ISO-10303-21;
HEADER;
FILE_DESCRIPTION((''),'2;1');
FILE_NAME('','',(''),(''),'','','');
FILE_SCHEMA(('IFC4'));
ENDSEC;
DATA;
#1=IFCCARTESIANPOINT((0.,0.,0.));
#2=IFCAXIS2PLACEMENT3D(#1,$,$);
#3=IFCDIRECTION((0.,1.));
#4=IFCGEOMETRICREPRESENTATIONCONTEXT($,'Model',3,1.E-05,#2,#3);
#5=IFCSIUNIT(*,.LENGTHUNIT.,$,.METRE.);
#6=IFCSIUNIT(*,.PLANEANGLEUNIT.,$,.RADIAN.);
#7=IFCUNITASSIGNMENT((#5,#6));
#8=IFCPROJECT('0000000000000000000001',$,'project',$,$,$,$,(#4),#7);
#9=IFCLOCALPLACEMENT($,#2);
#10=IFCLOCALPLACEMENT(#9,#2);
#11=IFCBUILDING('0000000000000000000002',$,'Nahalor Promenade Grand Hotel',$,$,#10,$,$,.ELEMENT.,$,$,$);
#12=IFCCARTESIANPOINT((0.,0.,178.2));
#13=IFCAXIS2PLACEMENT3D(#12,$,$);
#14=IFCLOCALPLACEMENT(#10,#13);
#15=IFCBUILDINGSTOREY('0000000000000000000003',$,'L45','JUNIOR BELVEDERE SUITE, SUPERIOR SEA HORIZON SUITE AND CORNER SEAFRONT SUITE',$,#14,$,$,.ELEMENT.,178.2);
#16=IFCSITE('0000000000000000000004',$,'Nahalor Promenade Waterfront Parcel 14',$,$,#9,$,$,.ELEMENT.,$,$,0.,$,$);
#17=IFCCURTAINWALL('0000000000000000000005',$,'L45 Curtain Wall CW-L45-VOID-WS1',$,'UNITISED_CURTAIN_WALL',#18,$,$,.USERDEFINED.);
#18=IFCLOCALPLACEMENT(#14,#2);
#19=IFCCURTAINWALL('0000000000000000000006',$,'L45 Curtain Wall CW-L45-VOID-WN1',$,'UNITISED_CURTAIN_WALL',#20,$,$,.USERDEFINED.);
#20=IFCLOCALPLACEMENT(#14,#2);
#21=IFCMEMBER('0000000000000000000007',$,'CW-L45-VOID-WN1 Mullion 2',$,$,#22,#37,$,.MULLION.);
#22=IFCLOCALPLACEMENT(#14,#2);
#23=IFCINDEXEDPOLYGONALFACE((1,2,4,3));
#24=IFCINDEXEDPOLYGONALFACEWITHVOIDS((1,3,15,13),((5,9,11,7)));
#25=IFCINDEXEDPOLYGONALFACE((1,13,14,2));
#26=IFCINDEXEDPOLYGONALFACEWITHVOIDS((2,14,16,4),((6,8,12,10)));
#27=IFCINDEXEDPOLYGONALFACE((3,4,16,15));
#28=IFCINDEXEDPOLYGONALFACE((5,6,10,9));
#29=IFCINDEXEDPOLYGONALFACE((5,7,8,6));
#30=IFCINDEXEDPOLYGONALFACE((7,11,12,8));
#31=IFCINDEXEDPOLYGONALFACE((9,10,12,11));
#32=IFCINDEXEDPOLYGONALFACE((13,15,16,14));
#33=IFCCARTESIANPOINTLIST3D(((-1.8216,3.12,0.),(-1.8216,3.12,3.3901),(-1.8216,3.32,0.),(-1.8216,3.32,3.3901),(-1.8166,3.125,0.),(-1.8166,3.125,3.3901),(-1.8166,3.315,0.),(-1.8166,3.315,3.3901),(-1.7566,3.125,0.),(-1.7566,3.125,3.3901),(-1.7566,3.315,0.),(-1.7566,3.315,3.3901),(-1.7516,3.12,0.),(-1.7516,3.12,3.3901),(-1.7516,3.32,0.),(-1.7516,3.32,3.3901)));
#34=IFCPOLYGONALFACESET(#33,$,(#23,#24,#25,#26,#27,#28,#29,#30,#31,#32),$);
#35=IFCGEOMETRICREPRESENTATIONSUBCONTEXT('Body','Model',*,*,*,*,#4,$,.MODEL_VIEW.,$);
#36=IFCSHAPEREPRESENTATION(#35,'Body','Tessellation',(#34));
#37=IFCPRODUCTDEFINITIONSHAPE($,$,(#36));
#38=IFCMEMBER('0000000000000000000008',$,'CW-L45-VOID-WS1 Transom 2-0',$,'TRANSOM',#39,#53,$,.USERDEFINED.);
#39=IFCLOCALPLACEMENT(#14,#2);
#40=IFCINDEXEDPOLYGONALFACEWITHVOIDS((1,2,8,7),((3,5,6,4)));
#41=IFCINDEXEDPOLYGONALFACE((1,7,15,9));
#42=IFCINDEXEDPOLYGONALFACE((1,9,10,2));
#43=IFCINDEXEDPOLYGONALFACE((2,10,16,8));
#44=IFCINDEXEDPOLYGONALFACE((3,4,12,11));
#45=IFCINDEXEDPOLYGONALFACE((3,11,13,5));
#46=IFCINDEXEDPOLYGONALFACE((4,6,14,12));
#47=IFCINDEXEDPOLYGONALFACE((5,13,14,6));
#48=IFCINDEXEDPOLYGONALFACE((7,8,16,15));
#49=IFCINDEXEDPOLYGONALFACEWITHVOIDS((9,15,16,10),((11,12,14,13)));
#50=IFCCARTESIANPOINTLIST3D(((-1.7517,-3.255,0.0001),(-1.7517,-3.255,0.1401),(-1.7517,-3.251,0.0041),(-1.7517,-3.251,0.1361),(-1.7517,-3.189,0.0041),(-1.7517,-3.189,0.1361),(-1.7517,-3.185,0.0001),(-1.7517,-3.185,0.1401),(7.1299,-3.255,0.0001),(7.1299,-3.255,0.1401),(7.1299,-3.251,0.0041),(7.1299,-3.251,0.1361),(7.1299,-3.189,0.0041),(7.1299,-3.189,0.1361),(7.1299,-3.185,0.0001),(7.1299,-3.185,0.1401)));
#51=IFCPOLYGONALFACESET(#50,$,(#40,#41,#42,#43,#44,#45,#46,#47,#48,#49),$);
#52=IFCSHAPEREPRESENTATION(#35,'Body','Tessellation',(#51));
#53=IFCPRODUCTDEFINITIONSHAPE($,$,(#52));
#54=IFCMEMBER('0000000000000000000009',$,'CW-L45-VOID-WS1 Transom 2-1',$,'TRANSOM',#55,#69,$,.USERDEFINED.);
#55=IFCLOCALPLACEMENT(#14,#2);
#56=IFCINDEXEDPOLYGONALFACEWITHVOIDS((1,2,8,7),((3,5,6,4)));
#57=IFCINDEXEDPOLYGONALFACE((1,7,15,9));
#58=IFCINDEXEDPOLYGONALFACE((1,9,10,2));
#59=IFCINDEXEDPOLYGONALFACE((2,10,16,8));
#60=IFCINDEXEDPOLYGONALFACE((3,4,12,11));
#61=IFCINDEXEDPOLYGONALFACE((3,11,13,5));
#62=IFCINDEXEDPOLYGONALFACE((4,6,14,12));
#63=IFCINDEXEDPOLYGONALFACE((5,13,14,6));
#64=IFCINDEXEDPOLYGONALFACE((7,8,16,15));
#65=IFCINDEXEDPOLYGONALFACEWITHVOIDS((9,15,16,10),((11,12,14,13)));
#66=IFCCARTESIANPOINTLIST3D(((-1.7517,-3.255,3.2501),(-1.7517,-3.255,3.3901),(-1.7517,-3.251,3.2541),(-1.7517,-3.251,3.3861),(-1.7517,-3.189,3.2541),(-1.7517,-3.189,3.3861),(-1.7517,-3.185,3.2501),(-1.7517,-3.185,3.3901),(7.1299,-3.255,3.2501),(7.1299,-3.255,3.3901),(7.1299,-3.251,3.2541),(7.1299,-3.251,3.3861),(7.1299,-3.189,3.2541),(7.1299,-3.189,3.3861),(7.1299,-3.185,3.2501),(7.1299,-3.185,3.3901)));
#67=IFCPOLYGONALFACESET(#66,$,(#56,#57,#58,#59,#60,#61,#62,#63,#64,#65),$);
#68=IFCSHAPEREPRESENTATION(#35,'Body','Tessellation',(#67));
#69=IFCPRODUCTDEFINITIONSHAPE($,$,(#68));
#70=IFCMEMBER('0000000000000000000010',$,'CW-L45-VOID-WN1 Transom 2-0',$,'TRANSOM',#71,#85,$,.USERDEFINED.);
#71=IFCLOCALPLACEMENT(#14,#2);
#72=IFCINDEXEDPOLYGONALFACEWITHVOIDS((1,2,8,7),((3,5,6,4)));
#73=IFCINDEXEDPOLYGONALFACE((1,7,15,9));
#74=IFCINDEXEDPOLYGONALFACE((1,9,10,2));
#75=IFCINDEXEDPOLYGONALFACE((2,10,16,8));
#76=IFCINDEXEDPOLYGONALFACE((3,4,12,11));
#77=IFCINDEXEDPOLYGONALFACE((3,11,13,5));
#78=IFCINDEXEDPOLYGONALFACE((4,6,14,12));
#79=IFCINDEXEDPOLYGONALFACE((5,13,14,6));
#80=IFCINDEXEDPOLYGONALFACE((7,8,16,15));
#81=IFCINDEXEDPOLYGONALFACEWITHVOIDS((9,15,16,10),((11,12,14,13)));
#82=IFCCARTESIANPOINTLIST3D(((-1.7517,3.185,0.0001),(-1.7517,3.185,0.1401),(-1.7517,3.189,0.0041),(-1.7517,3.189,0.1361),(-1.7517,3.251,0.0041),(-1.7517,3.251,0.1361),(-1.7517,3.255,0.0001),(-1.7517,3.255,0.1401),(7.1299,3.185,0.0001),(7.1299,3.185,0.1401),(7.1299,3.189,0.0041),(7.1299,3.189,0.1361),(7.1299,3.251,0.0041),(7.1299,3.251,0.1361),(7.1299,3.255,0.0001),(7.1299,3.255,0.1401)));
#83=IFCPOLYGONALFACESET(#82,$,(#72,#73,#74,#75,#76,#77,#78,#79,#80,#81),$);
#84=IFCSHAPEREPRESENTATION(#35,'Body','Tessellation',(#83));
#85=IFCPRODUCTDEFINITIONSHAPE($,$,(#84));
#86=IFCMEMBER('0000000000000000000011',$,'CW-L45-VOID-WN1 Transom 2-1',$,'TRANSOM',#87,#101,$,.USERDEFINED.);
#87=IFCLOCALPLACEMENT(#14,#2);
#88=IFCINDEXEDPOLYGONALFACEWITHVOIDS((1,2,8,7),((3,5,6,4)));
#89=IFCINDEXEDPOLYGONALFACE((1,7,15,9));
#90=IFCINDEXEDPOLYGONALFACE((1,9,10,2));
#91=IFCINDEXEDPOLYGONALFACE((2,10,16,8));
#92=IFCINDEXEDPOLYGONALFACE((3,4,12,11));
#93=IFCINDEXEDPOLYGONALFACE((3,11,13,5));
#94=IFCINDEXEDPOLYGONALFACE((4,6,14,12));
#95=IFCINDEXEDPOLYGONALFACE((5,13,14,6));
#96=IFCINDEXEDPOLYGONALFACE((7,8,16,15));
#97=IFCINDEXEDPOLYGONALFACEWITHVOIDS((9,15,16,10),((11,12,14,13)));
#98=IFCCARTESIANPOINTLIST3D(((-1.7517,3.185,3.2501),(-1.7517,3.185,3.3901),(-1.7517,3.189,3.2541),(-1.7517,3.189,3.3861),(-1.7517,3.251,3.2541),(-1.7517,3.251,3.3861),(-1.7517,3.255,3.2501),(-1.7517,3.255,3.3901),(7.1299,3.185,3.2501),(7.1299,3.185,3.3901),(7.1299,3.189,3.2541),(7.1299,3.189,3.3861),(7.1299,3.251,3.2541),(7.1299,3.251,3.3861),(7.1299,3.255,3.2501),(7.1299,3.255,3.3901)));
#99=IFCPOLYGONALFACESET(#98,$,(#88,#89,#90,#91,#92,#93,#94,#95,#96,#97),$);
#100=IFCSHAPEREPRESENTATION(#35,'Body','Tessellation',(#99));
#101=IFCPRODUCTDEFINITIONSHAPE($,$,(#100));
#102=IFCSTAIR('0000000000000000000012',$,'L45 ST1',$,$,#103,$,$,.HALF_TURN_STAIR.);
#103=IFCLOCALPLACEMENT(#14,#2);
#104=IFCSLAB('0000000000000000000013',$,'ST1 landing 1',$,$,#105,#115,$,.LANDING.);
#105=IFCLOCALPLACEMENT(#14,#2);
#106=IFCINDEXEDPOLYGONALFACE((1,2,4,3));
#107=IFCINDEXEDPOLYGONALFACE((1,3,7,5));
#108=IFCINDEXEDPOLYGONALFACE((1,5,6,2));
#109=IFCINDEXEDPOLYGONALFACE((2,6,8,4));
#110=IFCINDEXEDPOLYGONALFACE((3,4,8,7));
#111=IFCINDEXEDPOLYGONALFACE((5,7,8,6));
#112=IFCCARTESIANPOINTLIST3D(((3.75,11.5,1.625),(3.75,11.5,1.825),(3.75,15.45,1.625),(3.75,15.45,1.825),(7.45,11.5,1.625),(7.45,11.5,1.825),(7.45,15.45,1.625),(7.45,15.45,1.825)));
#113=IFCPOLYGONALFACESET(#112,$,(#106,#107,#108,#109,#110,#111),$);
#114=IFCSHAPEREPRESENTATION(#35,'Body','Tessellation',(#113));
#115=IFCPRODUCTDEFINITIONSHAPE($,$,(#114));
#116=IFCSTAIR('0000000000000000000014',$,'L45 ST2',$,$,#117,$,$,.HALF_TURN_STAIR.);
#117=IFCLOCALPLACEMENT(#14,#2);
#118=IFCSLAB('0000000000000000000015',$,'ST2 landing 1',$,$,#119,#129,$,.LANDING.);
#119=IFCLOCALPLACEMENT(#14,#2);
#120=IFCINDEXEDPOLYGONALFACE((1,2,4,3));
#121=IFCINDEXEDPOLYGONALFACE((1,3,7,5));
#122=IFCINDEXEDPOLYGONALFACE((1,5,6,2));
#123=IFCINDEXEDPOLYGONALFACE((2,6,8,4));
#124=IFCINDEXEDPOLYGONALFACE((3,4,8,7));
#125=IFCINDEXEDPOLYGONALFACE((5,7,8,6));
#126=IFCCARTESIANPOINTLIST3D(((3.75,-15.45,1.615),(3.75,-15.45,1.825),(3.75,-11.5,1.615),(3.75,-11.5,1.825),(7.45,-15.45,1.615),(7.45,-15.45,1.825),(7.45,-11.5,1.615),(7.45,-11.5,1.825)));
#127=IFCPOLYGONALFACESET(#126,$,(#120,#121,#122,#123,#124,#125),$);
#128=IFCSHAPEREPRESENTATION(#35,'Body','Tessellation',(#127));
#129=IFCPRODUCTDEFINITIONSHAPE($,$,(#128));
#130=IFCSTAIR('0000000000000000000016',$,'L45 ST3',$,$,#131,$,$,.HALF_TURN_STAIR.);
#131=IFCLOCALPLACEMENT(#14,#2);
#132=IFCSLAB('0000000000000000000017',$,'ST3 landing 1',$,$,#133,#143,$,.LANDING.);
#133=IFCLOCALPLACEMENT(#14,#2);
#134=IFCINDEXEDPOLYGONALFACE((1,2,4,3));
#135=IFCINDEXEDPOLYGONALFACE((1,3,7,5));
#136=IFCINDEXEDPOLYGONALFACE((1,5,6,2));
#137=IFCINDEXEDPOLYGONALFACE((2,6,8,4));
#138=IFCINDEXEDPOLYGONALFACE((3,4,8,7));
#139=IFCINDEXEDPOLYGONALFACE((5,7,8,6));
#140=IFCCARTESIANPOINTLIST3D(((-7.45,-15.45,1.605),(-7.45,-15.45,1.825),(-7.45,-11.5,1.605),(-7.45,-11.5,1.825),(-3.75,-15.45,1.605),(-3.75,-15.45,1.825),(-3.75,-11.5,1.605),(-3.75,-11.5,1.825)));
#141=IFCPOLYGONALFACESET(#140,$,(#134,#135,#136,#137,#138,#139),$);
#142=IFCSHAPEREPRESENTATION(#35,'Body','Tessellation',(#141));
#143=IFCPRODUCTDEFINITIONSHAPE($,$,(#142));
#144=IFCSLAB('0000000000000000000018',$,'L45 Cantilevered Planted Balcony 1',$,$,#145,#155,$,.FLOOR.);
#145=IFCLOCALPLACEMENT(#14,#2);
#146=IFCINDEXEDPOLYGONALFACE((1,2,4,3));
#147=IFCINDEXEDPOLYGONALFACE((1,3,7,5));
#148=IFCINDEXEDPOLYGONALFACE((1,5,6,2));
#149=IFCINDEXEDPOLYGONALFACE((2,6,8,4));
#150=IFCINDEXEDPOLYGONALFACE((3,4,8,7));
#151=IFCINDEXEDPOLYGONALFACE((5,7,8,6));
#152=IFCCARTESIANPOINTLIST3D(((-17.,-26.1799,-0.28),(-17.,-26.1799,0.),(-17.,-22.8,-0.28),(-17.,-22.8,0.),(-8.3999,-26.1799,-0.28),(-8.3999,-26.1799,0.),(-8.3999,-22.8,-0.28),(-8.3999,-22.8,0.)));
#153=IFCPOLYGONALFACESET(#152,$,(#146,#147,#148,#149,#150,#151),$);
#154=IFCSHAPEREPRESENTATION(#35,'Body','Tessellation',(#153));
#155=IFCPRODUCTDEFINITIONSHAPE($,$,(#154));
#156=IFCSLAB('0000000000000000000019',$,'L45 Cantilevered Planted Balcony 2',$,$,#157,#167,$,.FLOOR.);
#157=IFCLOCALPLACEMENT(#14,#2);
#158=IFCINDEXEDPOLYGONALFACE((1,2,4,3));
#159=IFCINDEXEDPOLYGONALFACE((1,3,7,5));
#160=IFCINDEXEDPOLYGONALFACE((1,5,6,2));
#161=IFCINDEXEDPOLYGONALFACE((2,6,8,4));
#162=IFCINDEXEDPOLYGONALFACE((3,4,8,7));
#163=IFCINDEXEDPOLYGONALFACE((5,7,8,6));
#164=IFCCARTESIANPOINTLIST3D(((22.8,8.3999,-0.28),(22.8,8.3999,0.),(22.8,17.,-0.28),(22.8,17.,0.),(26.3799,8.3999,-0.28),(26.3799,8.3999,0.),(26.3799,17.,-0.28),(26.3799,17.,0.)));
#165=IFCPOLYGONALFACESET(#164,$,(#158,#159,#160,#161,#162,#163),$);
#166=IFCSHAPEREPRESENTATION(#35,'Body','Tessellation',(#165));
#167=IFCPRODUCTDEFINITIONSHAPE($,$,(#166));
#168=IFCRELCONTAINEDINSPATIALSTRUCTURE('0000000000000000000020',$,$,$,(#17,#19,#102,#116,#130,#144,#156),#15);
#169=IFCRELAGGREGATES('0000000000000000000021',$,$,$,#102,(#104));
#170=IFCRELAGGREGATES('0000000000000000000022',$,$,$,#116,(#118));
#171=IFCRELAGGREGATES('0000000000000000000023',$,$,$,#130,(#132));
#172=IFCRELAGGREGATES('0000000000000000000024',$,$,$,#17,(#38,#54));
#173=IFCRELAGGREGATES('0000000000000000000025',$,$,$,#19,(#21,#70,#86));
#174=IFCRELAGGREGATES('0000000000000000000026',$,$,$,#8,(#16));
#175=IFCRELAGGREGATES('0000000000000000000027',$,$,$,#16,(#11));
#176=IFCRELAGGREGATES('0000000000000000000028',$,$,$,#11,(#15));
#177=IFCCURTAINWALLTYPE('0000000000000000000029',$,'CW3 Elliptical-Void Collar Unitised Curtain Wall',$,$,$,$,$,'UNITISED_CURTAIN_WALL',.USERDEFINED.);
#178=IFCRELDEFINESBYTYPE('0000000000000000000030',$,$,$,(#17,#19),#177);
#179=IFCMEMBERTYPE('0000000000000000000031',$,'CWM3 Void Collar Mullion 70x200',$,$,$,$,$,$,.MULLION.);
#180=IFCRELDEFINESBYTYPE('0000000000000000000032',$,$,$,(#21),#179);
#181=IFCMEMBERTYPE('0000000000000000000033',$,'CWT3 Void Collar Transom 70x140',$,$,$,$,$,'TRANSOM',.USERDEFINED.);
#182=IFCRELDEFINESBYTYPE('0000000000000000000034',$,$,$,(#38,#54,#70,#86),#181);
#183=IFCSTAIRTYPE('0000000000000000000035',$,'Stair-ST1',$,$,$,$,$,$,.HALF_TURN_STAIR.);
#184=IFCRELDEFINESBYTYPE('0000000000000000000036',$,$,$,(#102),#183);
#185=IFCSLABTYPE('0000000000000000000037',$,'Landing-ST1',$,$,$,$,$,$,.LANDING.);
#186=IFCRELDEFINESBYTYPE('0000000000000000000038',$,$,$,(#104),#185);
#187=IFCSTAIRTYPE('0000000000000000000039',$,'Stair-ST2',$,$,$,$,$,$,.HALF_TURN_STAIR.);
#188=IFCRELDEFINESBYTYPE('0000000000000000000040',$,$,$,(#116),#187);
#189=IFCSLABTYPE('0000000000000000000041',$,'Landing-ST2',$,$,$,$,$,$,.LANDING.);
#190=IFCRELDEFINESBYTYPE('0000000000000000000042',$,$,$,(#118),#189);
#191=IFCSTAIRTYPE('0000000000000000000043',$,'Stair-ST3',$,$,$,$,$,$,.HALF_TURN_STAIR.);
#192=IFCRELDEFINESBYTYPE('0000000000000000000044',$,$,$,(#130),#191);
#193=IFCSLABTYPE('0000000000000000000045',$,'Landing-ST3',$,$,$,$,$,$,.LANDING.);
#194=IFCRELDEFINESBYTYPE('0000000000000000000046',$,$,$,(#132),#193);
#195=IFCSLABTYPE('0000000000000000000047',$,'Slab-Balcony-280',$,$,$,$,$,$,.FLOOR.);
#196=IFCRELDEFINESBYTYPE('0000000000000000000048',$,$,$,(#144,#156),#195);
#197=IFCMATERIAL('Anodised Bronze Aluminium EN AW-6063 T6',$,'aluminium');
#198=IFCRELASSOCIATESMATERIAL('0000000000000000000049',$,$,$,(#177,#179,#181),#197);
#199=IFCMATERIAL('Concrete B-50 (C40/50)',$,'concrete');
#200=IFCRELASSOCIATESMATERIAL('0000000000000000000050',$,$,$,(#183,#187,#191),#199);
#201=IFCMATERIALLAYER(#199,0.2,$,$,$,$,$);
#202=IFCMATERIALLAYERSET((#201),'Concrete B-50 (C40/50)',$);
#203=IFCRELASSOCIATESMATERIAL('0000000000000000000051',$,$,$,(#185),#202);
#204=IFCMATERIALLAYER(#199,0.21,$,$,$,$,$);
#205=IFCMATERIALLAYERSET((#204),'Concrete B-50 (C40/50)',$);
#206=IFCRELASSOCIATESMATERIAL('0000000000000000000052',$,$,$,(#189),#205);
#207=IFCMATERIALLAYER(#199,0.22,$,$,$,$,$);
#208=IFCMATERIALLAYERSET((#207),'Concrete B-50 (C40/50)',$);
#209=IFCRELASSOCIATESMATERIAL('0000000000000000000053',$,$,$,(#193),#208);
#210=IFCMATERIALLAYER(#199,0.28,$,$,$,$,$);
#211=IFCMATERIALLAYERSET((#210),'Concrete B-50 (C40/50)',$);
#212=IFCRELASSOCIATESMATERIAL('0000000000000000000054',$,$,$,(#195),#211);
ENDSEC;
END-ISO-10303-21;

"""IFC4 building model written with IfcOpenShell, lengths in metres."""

from ifc_helpers import new_model, si_unit, direction, frame, origin, origin_2d, place, context, subcontext, project, spatial, polyline, hollow_rectangle, outline, extrude, source, transform, mapped, material, layer, layer_set, material_profile, profile_set, type_object, element, aggregate, save


model = new_model("IFC4")

# Units and contexts
model_context = context("Model", 3, precision=1e-05, world=origin(), true_north=direction((0.0, 1.0)))
body_context = subcontext(model_context, "Body", "Model", "MODEL_VIEW")
ifc_project = project(units=[si_unit("LENGTHUNIT", "METRE"), si_unit("PLANEANGLEUNIT", "RADIAN")], contexts=[model_context])

# Site, building, storey
site_placement = place(None, origin())
site = spatial("IfcSite", under=ifc_project, at=site_placement, Name="Nahalor Promenade Waterfront Parcel 14", CompositionType="ELEMENT", RefElevation=0.0)
building_placement = place(site_placement, origin())
building = spatial("IfcBuilding", under=site, at=building_placement, Name="Nahalor Promenade Grand Hotel", CompositionType="ELEMENT")
storey_placement = place(building_placement, frame((0.0, 0.0, 178.2)))
storey = spatial("IfcBuildingStorey", under=building, at=storey_placement, Name="L45", Description="JUNIOR BELVEDERE SUITE, SUPERIOR SEA HORIZON SUITE AND CORNER SEAFRONT SUITE", CompositionType="ELEMENT", Elevation=178.2)

# Curtain walls, member
ifc_material_1 = material(Name="Anodised Bronze Aluminium EN AW-6063 T6", Category="aluminium")
curtain_wall_type = type_object("IfcCurtainWallType", Name="CW3 Elliptical-Void Collar Unitised Curtain Wall", ElementType="UNITISED_CURTAIN_WALL", PredefinedType="USERDEFINED", material=ifc_material_1)
curtain_wall_1_placement = place(storey_placement, origin())
curtain_wall_1 = element("IfcCurtainWall", 1, at=curtain_wall_1_placement, inside=storey, type_object=curtain_wall_type, Name="L45 Curtain Wall CW-L45-VOID-WS1", ObjectType="UNITISED_CURTAIN_WALL", PredefinedType="USERDEFINED")
ifc_material_profile_1 = material_profile(ifc_material_1, hollow_rectangle(XDim=0.07, YDim=0.2, WallThickness=0.005, at=origin_2d()), Name="CWM 70x200x5")
ifc_profile_set_1 = profile_set([ifc_material_profile_1], Name="Anodised Bronze Aluminium EN AW-6063 T6")
member_type_1 = type_object("IfcMemberType", Name="CWM3 Void Collar Mullion 70x200", PredefinedType="MULLION", material=ifc_profile_set_1)
shared_shape_1 = source(origin(), body_context, "Body", "SweptSolid", [
    extrude(hollow_rectangle(XDim=0.07, YDim=0.2, WallThickness=0.005, at=origin_2d()), origin(), (0.0, 0.0, 1.0), 3.3901),
])
curtain_wall_2_placement = place(storey_placement, origin())
curtain_wall_2 = element("IfcCurtainWall", 2, at=curtain_wall_2_placement, inside=storey, type_object=curtain_wall_type, Name="L45 Curtain Wall CW-L45-VOID-WN1", ObjectType="UNITISED_CURTAIN_WALL", PredefinedType="USERDEFINED")
member_1_placement = place(storey_placement, frame((-1.7866, 3.22, 0.0), z_axis=(0.0, 0.0, 1.0), x_axis=(1.0, 0.0, 0.0)))
member_1 = element("IfcMember", 3, at=member_1_placement, type_object=member_type_1, Name="CW-L45-VOID-WN1 Mullion 2", PredefinedType="MULLION", context=body_context, shape_type="MappedRepresentation", body=[
    mapped(shared_shape_1, transform((0.0, 0.0, 0.0), scale=1.0)),
])

# Members
ifc_material_profile_2 = material_profile(ifc_material_1, hollow_rectangle(XDim=0.07, YDim=0.14, WallThickness=0.004, at=origin_2d()), Name="CWT 70x140x4")
ifc_profile_set_2 = profile_set([ifc_material_profile_2], Name="Anodised Bronze Aluminium EN AW-6063 T6")
member_type_2 = type_object("IfcMemberType", Name="CWT3 Void Collar Transom 70x140", ElementType="TRANSOM", PredefinedType="USERDEFINED", material=ifc_profile_set_2)
shared_shape_2 = source(origin(), body_context, "Body", "SweptSolid", [
    extrude(hollow_rectangle(XDim=0.07, YDim=0.14, WallThickness=0.004, at=origin_2d()), origin(), (0.0, 0.0, 1.0), 8.8816),
])
member_2_placement = place(storey_placement, frame((-1.7517, -3.22, 0.0701), z_axis=(1.0, 0.0, 0.0), x_axis=(0.0, 1.0, 0.0)))
member_2 = element("IfcMember", 4, at=member_2_placement, type_object=member_type_2, Name="CW-L45-VOID-WS1 Transom 2-0", ObjectType="TRANSOM", PredefinedType="USERDEFINED", context=body_context, shape_type="MappedRepresentation", body=[
    mapped(shared_shape_2, transform((0.0, 0.0, 0.0), scale=1.0)),
])
member_3_placement = place(storey_placement, frame((-1.7517, -3.22, 3.3201), z_axis=(1.0, 0.0, 0.0), x_axis=(0.0, 1.0, 0.0)))
member_3 = element("IfcMember", 5, at=member_3_placement, type_object=member_type_2, Name="CW-L45-VOID-WS1 Transom 2-1", ObjectType="TRANSOM", PredefinedType="USERDEFINED", context=body_context, shape_type="MappedRepresentation", body=[
    mapped(shared_shape_2, transform((0.0, 0.0, 0.0), scale=1.0)),
])
member_4_placement = place(storey_placement, frame((-1.7517, 3.22, 0.0701), z_axis=(1.0, 0.0, 0.0), x_axis=(0.0, 1.0, 0.0)))
member_4 = element("IfcMember", 6, at=member_4_placement, type_object=member_type_2, Name="CW-L45-VOID-WN1 Transom 2-0", ObjectType="TRANSOM", PredefinedType="USERDEFINED", context=body_context, shape_type="MappedRepresentation", body=[
    mapped(shared_shape_2, transform((0.0, 0.0, 0.0), scale=1.0)),
])
member_5_placement = place(storey_placement, frame((-1.7517, 3.22, 3.3201), z_axis=(1.0, 0.0, 0.0), x_axis=(0.0, 1.0, 0.0)))
member_5 = element("IfcMember", 7, at=member_5_placement, type_object=member_type_2, Name="CW-L45-VOID-WN1 Transom 2-1", ObjectType="TRANSOM", PredefinedType="USERDEFINED", context=body_context, shape_type="MappedRepresentation", body=[
    mapped(shared_shape_2, transform((0.0, 0.0, 0.0), scale=1.0)),
])

# Stairs, slabs
ifc_material_2 = material(Name="Concrete B-50 (C40/50)", Category="concrete")
stair_type_1 = type_object("IfcStairType", Name="Stair-ST1", PredefinedType="HALF_TURN_STAIR", material=ifc_material_2)
stair_1_placement = place(storey_placement, origin())
stair_1 = element("IfcStair", 8, at=stair_1_placement, inside=storey, type_object=stair_type_1, Name="L45 ST1", PredefinedType="HALF_TURN_STAIR")
ifc_layer_1 = layer(ifc_material_2, 0.2)
ifc_layer_set_1 = layer_set([ifc_layer_1], Name="Concrete B-50 (C40/50)")
slab_type_1 = type_object("IfcSlabType", Name="Landing-ST1", PredefinedType="LANDING", material=ifc_layer_set_1)
slab_1_placement = place(storey_placement, frame((0.0, 0.0, 1.625)))
slab_1 = element("IfcSlab", 9, at=slab_1_placement, type_object=slab_type_1, Name="ST1 landing 1", PredefinedType="LANDING", context=body_context, shape_type="SweptSolid", body=[
    extrude(outline(polyline([(7.45, 11.5), (7.45, 15.45), (3.75, 15.45), (3.75, 11.5), (7.45, 11.5)])), origin(), (0.0, 0.0, 1.0), 0.2),
])
aggregate(stair_1, [slab_1])
stair_type_2 = type_object("IfcStairType", Name="Stair-ST2", PredefinedType="HALF_TURN_STAIR", material=ifc_material_2)
stair_2_placement = place(storey_placement, origin())
stair_2 = element("IfcStair", 10, at=stair_2_placement, inside=storey, type_object=stair_type_2, Name="L45 ST2", PredefinedType="HALF_TURN_STAIR")
ifc_layer_2 = layer(ifc_material_2, 0.21)
ifc_layer_set_2 = layer_set([ifc_layer_2], Name="Concrete B-50 (C40/50)")
slab_type_2 = type_object("IfcSlabType", Name="Landing-ST2", PredefinedType="LANDING", material=ifc_layer_set_2)
slab_2_placement = place(storey_placement, frame((0.0, 0.0, 1.615)))
slab_2 = element("IfcSlab", 11, at=slab_2_placement, type_object=slab_type_2, Name="ST2 landing 1", PredefinedType="LANDING", context=body_context, shape_type="SweptSolid", body=[
    extrude(outline(polyline([(3.75, -11.5), (3.75, -15.45), (7.45, -15.45), (7.45, -11.5), (3.75, -11.5)])), origin(), (0.0, 0.0, 1.0), 0.21),
])
aggregate(stair_2, [slab_2])
stair_type_3 = type_object("IfcStairType", Name="Stair-ST3", PredefinedType="HALF_TURN_STAIR", material=ifc_material_2)
stair_3_placement = place(storey_placement, origin())
stair_3 = element("IfcStair", 12, at=stair_3_placement, inside=storey, type_object=stair_type_3, Name="L45 ST3", PredefinedType="HALF_TURN_STAIR")
ifc_layer_3 = layer(ifc_material_2, 0.22)
ifc_layer_set_3 = layer_set([ifc_layer_3], Name="Concrete B-50 (C40/50)")
slab_type_3 = type_object("IfcSlabType", Name="Landing-ST3", PredefinedType="LANDING", material=ifc_layer_set_3)
slab_3_placement = place(storey_placement, frame((0.0, 0.0, 1.605)))
slab_3 = element("IfcSlab", 13, at=slab_3_placement, type_object=slab_type_3, Name="ST3 landing 1", PredefinedType="LANDING", context=body_context, shape_type="SweptSolid", body=[
    extrude(outline(polyline([(-7.45, -11.5), (-7.45, -15.45), (-3.75, -15.45), (-3.75, -11.5), (-7.45, -11.5)])), origin(), (0.0, 0.0, 1.0), 0.22),
])
aggregate(stair_3, [slab_3])

# Slabs
ifc_layer_4 = layer(ifc_material_2, 0.28)
ifc_layer_set_4 = layer_set([ifc_layer_4], Name="Concrete B-50 (C40/50)")
slab_type_4 = type_object("IfcSlabType", Name="Slab-Balcony-280", PredefinedType="FLOOR", material=ifc_layer_set_4)
slab_4_placement = place(storey_placement, frame((0.0, 0.0, -0.28)))
element("IfcSlab", 14, at=slab_4_placement, inside=storey, type_object=slab_type_4, Name="L45 Cantilevered Planted Balcony 1", PredefinedType="FLOOR", context=body_context, shape_type="SweptSolid", body=[
    extrude(outline(polyline([(-17.0, -26.1799), (-8.3999, -26.1799), (-8.3999, -22.8), (-17.0, -22.8), (-17.0, -26.1799)])), origin(), (0.0, 0.0, 1.0), 0.28),
])
slab_5_placement = place(storey_placement, frame((0.0, 0.0, -0.28)))
element("IfcSlab", 15, at=slab_5_placement, inside=storey, type_object=slab_type_4, Name="L45 Cantilevered Planted Balcony 2", PredefinedType="FLOOR", context=body_context, shape_type="SweptSolid", body=[
    extrude(outline(polyline([(22.8, 8.3999), (26.3799, 8.3999), (26.3799, 17.0), (22.8, 17.0), (22.8, 8.3999)])), origin(), (0.0, 0.0, 1.0), 0.28),
])

aggregate(curtain_wall_1, [member_2, member_3])
aggregate(curtain_wall_2, [member_1, member_4, member_5])

save(model, "model.ifc")
